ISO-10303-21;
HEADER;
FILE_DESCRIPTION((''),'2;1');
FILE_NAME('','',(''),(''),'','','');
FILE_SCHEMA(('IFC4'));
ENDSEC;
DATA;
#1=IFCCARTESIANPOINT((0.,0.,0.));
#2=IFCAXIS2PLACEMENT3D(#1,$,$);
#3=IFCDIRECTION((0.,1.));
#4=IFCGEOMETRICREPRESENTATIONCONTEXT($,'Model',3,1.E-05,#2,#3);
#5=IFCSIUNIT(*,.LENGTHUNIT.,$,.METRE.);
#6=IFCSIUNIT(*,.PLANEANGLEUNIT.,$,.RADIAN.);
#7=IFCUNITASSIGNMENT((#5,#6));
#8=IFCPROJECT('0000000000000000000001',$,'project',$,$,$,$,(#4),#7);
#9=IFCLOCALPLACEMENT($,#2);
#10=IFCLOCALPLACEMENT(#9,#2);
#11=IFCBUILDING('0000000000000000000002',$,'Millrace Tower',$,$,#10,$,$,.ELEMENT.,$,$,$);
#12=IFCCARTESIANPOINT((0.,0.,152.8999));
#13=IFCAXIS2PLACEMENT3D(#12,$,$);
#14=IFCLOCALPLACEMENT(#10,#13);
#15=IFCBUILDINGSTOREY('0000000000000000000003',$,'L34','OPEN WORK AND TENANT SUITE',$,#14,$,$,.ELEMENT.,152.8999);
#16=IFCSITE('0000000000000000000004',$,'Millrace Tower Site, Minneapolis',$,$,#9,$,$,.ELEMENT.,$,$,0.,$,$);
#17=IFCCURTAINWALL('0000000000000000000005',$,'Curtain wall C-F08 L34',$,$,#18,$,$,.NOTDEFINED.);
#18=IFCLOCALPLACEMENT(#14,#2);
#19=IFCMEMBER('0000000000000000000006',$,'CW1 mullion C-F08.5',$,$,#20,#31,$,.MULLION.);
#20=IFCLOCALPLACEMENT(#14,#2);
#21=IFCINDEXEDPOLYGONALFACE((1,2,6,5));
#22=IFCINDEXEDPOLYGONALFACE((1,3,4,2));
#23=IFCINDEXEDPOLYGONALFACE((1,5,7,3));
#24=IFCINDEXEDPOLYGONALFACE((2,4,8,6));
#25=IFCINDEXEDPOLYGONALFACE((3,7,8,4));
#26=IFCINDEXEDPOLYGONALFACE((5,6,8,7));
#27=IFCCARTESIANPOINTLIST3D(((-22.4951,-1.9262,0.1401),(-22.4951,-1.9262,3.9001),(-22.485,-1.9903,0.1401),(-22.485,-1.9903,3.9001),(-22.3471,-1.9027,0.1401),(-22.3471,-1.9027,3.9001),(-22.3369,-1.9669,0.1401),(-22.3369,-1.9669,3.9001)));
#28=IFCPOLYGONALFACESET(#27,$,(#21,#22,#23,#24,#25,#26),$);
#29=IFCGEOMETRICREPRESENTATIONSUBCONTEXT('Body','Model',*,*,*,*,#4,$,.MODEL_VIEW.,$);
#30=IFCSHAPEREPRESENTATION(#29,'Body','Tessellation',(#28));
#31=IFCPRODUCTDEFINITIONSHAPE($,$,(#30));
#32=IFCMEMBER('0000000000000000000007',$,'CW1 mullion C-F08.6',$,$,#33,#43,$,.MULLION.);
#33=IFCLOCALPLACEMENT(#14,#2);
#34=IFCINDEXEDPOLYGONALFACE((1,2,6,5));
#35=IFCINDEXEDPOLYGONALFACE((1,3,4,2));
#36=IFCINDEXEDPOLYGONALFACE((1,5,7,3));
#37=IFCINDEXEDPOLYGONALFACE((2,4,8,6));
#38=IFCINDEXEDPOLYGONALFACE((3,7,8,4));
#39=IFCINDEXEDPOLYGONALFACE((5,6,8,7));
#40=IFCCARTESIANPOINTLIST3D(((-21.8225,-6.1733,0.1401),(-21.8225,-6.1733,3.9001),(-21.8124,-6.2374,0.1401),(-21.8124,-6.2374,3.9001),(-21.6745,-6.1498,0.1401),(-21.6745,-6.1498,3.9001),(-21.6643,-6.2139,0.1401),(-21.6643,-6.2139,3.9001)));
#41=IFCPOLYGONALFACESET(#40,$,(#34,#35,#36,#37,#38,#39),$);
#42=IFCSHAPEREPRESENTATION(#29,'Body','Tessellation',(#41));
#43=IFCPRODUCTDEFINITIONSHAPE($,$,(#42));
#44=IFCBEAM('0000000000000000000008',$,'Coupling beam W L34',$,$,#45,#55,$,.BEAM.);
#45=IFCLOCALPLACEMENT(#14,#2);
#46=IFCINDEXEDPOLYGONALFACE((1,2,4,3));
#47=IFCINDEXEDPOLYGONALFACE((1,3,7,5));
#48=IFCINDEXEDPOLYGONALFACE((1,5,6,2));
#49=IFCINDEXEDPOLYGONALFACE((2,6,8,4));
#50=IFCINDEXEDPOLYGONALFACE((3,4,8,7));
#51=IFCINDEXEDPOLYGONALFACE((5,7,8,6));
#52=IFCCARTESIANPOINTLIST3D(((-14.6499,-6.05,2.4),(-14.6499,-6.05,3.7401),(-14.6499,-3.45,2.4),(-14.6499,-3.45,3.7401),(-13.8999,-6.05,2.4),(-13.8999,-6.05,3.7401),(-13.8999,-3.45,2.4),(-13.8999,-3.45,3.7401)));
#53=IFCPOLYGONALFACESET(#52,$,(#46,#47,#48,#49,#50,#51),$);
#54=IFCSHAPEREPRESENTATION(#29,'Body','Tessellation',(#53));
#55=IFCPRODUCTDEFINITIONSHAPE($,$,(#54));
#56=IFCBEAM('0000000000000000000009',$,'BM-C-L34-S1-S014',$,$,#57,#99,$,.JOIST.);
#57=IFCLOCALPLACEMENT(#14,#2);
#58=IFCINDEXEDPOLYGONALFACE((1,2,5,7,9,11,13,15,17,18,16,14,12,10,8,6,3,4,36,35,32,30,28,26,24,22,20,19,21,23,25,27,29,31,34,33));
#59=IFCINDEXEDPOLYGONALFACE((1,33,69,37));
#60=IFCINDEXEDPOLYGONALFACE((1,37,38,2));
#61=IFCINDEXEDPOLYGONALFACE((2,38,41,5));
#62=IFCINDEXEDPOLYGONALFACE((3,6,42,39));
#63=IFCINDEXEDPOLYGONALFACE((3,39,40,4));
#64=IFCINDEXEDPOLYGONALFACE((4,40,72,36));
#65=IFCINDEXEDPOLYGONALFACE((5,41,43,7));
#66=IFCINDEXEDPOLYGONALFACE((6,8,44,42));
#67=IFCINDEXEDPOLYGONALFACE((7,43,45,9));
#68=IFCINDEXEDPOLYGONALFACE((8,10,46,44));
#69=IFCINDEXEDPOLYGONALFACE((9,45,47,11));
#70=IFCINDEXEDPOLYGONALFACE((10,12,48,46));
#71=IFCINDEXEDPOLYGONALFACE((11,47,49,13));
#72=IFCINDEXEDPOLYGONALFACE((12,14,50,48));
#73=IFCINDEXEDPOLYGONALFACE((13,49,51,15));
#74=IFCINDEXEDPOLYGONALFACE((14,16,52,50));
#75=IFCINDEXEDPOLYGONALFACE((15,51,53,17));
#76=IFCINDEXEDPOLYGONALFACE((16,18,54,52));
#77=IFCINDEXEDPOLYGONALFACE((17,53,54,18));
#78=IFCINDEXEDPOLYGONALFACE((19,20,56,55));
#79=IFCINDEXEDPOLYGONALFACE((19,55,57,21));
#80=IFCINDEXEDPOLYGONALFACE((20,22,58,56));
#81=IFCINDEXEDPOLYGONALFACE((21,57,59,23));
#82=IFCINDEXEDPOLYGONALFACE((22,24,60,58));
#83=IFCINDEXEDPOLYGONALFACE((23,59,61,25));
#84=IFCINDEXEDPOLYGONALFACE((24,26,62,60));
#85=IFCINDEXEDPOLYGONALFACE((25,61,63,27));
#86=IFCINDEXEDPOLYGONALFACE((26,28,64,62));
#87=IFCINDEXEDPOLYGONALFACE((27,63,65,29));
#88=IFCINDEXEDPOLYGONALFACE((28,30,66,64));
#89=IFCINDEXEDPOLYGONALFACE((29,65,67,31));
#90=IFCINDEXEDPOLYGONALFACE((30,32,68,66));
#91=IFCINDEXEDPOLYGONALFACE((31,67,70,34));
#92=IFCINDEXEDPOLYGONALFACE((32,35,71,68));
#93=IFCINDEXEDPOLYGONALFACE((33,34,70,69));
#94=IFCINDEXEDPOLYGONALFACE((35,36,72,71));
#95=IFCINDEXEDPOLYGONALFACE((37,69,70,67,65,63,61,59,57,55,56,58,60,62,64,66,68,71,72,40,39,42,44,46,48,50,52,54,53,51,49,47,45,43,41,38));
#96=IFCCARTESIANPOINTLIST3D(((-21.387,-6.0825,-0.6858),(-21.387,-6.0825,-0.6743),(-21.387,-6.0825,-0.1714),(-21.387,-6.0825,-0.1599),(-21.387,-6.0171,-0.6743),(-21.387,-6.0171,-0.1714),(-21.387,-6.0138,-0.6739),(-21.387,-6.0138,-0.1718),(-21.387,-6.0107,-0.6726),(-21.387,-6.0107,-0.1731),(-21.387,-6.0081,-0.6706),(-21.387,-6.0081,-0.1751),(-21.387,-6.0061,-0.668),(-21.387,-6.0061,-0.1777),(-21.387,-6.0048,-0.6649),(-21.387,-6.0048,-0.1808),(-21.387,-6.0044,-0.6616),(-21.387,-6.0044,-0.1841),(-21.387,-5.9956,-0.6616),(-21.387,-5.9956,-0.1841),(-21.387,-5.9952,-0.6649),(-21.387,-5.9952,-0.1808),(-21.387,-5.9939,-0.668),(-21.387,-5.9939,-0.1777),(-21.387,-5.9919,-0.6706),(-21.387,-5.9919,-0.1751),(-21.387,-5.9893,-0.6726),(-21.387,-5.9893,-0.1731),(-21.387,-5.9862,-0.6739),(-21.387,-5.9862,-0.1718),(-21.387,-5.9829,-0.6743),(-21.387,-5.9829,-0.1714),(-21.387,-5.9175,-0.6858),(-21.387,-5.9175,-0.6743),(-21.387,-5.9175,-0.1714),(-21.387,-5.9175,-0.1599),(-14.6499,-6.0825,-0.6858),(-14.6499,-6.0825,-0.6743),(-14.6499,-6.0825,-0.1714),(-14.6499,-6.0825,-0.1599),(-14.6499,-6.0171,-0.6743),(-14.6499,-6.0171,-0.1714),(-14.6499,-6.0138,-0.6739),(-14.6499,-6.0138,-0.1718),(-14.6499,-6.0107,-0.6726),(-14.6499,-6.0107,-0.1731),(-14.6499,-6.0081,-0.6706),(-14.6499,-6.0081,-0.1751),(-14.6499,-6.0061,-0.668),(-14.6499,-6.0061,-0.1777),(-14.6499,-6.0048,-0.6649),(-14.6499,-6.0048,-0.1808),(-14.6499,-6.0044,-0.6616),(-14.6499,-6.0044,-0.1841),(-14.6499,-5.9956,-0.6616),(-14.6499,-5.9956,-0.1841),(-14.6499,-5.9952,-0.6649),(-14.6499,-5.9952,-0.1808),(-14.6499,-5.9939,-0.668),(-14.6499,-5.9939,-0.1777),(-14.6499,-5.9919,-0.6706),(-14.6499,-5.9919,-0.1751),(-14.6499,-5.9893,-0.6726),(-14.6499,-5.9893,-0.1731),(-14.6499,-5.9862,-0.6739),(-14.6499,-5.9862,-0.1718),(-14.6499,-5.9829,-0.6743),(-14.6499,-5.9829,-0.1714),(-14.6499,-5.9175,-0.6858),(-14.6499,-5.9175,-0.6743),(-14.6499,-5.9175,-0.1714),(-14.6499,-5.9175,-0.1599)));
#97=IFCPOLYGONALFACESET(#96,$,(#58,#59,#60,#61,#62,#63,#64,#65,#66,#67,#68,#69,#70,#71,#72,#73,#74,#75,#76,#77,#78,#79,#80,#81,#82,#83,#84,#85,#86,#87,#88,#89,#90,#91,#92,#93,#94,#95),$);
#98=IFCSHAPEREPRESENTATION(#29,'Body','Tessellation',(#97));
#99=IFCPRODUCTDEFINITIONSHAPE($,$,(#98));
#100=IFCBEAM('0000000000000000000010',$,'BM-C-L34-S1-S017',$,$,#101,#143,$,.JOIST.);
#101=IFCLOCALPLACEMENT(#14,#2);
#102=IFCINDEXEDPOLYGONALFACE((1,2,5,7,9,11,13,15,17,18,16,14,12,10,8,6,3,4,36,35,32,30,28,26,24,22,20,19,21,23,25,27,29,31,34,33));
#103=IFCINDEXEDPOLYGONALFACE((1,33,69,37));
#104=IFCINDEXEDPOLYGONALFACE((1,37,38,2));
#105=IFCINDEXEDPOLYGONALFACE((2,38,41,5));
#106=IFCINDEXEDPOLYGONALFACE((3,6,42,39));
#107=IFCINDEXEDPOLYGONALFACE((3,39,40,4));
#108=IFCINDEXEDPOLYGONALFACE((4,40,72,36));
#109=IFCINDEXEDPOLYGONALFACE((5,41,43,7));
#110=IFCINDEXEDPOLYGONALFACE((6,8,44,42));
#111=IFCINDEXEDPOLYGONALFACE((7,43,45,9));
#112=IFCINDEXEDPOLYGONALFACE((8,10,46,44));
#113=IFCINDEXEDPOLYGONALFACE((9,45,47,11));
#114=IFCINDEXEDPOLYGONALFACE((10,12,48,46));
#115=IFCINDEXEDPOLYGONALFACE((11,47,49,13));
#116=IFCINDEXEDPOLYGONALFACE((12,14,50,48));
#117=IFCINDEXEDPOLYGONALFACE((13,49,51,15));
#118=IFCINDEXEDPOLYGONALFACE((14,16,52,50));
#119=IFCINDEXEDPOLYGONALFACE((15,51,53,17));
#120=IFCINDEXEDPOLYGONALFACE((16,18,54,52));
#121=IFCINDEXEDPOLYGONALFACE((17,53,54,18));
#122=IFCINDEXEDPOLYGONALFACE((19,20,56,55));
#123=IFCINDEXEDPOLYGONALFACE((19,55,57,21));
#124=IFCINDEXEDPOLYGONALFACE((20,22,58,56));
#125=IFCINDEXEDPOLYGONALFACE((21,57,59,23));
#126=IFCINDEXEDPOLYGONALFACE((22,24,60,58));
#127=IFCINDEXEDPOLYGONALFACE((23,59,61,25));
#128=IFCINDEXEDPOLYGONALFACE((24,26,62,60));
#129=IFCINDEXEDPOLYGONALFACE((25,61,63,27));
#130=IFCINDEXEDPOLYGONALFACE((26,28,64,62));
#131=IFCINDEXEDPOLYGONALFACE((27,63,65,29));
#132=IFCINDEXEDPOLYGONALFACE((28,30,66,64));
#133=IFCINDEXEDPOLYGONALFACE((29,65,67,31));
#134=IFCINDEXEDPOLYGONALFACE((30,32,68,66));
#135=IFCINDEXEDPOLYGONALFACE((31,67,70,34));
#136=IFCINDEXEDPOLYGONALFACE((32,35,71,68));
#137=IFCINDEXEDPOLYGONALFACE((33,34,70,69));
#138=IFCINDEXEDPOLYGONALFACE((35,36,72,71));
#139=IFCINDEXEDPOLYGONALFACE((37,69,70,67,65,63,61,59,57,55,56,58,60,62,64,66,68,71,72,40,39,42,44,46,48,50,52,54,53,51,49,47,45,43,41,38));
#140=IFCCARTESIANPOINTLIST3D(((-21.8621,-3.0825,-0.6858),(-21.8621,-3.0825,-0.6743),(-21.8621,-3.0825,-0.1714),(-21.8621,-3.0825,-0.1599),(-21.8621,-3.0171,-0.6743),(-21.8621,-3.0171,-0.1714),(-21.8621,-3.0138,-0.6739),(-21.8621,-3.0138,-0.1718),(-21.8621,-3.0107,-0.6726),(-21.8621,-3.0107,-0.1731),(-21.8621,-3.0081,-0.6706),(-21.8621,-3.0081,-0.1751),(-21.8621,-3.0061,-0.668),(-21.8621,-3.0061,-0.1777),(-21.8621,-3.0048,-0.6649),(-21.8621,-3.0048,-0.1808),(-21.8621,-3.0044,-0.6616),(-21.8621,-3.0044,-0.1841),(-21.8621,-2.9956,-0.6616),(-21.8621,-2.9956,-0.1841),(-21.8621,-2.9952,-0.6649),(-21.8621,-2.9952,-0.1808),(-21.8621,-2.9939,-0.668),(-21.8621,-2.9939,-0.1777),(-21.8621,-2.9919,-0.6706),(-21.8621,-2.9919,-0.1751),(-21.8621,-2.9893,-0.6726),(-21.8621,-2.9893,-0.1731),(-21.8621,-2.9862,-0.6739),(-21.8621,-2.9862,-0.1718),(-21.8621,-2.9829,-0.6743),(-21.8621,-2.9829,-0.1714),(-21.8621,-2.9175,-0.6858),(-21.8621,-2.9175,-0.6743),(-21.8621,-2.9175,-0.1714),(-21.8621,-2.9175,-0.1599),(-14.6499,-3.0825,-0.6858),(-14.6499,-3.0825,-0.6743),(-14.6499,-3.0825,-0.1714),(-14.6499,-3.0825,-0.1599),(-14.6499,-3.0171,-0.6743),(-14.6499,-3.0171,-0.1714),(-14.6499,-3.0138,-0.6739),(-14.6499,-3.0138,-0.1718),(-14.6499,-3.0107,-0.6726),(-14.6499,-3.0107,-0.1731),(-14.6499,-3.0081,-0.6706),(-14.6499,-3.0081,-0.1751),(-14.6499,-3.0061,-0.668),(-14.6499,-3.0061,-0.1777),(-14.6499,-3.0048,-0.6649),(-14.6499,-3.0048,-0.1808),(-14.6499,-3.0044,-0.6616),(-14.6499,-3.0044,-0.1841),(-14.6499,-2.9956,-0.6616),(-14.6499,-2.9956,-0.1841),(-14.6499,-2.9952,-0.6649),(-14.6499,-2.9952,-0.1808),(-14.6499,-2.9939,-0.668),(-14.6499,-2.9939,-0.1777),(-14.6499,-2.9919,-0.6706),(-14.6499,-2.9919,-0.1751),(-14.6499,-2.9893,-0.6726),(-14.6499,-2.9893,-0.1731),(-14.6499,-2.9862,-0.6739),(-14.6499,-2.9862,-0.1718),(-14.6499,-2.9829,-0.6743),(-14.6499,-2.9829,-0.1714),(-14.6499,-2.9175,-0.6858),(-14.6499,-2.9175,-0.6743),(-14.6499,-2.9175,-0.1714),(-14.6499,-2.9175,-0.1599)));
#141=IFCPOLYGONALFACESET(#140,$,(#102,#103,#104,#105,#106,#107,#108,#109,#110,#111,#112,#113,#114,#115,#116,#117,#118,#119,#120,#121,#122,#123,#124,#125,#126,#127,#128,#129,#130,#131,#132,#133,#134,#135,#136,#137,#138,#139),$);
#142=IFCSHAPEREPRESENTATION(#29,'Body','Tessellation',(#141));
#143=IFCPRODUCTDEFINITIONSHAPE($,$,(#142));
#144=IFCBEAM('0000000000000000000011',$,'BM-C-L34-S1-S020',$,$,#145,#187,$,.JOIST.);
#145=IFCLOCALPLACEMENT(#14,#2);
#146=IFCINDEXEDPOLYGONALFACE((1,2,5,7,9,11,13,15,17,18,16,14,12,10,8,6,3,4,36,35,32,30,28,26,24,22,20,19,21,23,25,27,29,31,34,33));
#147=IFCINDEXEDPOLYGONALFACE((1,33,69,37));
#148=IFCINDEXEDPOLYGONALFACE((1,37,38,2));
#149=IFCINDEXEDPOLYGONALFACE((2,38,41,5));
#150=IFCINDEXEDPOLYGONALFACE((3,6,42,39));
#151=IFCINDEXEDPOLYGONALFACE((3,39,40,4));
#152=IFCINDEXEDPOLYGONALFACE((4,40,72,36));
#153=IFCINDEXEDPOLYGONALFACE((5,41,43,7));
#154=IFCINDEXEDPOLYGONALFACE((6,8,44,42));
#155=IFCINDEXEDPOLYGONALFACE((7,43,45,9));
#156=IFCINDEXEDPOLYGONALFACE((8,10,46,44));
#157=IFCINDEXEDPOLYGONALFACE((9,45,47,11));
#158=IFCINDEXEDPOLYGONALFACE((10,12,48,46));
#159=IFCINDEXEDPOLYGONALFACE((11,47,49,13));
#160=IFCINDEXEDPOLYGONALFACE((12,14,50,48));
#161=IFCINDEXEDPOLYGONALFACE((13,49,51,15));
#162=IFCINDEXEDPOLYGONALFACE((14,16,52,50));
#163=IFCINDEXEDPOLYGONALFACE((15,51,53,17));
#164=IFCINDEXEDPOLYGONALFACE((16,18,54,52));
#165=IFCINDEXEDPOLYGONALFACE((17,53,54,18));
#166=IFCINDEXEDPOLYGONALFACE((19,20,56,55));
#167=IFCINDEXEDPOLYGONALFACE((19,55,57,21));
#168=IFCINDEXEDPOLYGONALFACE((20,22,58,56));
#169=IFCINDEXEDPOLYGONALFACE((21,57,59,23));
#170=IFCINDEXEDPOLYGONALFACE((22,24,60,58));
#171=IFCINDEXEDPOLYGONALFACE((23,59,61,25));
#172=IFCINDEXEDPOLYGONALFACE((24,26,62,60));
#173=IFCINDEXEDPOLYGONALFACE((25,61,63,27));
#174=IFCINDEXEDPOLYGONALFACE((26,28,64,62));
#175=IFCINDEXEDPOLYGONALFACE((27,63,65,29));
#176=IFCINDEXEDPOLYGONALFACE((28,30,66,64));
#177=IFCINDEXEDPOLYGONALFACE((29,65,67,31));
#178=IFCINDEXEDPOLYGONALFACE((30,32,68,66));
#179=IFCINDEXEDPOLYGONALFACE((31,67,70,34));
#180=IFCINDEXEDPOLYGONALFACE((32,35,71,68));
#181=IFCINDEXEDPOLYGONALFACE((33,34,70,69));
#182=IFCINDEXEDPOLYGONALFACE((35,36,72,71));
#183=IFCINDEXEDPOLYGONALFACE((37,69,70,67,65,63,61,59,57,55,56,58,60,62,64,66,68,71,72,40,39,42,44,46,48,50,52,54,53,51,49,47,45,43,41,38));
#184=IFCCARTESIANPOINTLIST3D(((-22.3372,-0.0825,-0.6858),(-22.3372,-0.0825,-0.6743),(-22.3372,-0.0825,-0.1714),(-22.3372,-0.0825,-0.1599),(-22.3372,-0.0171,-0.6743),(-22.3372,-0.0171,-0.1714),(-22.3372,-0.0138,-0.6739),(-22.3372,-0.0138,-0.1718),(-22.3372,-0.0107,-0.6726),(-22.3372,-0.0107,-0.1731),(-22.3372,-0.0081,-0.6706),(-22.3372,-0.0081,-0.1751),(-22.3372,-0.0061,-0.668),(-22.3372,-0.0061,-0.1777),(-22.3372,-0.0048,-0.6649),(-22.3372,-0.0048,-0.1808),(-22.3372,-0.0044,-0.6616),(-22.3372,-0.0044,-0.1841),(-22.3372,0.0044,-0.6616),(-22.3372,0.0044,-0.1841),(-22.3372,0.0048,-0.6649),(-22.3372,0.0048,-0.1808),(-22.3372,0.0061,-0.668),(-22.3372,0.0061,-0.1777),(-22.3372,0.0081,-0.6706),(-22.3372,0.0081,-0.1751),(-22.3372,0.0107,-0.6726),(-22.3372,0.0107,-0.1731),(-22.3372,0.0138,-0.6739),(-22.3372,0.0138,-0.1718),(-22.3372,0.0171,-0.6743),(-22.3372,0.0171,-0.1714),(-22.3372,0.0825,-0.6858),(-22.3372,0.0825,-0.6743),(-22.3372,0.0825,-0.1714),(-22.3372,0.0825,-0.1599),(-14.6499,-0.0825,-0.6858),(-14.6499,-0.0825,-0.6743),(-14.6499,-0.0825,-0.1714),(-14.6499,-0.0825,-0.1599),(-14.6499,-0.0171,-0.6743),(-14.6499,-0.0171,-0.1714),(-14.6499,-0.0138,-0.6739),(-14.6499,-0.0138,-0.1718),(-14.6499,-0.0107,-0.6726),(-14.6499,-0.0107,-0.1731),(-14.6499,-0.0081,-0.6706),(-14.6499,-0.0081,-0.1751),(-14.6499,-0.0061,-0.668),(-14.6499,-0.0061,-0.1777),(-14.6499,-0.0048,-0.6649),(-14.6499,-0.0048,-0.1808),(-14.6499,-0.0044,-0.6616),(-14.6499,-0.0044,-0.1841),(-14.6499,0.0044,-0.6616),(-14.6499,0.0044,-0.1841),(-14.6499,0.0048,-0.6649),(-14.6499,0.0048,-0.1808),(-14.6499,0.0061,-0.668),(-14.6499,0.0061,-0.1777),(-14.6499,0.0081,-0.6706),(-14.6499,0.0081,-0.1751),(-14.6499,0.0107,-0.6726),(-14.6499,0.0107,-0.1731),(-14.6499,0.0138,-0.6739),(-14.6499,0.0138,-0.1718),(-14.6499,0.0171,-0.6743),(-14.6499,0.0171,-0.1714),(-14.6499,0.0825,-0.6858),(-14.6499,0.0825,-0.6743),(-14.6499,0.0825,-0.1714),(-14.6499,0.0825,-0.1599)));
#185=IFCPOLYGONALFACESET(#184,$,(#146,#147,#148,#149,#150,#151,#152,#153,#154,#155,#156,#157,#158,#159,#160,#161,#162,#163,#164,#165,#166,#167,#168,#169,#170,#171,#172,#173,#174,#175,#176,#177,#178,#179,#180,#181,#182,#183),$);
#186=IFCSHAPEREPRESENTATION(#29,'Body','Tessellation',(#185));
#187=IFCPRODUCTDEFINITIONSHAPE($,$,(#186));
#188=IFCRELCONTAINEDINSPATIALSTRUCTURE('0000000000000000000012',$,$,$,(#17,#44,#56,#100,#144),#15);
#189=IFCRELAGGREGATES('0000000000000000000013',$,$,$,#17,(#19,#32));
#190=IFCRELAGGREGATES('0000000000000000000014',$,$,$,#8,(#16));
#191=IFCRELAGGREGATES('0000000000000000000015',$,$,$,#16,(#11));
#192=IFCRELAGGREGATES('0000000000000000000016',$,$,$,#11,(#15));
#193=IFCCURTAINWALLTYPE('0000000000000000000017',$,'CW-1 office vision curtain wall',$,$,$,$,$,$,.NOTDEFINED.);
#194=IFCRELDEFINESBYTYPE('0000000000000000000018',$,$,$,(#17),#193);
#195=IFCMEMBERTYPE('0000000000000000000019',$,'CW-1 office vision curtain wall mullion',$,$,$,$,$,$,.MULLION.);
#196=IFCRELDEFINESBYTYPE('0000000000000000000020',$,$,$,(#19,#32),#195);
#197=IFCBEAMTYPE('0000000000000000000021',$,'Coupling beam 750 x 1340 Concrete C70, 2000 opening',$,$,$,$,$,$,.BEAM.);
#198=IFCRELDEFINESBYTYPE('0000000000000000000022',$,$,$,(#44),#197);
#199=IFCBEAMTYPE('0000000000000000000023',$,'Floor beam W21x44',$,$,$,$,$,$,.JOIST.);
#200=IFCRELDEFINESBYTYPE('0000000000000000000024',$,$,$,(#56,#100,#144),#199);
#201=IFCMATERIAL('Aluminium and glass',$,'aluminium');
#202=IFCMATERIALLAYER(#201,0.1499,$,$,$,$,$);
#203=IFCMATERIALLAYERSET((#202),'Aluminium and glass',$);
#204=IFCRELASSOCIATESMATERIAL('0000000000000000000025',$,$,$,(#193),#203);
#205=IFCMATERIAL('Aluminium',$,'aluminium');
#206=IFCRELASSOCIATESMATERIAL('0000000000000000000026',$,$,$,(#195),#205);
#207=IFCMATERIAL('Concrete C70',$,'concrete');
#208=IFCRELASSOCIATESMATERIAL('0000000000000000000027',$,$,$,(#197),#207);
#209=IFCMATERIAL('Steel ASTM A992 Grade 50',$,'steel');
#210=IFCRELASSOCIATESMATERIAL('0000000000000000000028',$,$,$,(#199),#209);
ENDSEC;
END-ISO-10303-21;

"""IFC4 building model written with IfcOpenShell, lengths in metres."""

from ifc_helpers import new_model, si_unit, direction, frame, origin, origin_2d, place, context, subcontext, project, spatial, rectangle, i_section, extrude, material, layer, layer_set, material_profile, profile_set, type_object, element, aggregate, save


model = new_model("IFC4")

# Units and contexts
model_context = context("Model", 3, precision=1e-05, world=origin(), true_north=direction((0.0, 1.0)))
body_context = subcontext(model_context, "Body", "Model", "MODEL_VIEW")
ifc_project = project(units=[si_unit("LENGTHUNIT", "METRE"), si_unit("PLANEANGLEUNIT", "RADIAN")], contexts=[model_context])

# Site, building, storey
site_placement = place(None, origin())
site = spatial("IfcSite", under=ifc_project, at=site_placement, Name="Millrace Tower Site, Minneapolis", CompositionType="ELEMENT", RefElevation=0.0)
building_placement = place(site_placement, origin())
building = spatial("IfcBuilding", under=site, at=building_placement, Name="Millrace Tower", CompositionType="ELEMENT")
storey_placement = place(building_placement, frame((0.0, 0.0, 152.8999)))
storey = spatial("IfcBuildingStorey", under=building, at=storey_placement, Name="L34", Description="OPEN WORK AND TENANT SUITE", CompositionType="ELEMENT", Elevation=152.8999)

# Curtain wall, members
ifc_material_1 = material(Name="Aluminium and glass", Category="aluminium")
ifc_layer_1 = layer(ifc_material_1, 0.1499)
ifc_layer_set_1 = layer_set([ifc_layer_1], Name="Aluminium and glass")
curtain_wall_type = type_object("IfcCurtainWallType", Name="CW-1 office vision curtain wall", PredefinedType="NOTDEFINED", material=ifc_layer_set_1)
curtain_wall_placement = place(storey_placement, origin())
curtain_wall = element("IfcCurtainWall", 1, at=curtain_wall_placement, inside=storey, type_object=curtain_wall_type, Name="Curtain wall C-F08 L34", PredefinedType="NOTDEFINED")
ifc_material_2 = material(Name="Aluminium", Category="aluminium")
ifc_material_profile_1 = material_profile(ifc_material_2, rectangle(XDim=0.0649, YDim=0.1499, at=origin_2d()))
ifc_profile_set_1 = profile_set([ifc_material_profile_1], Name="Aluminium")
member_type = type_object("IfcMemberType", Name="CW-1 office vision curtain wall mullion", PredefinedType="MULLION", material=ifc_profile_set_1)
member_1_placement = place(storey_placement, frame((-22.416, -1.9465, 0.1401), z_axis=(0.0, 0.0, 1.0), x_axis=(0.156434, -0.987688, 0.0)))
member_1 = element("IfcMember", 2, at=member_1_placement, type_object=member_type, Name="CW1 mullion C-F08.5", PredefinedType="MULLION", context=body_context, shape_type="SweptSolid", body=[
    extrude(rectangle(XDim=0.0649, YDim=0.1499, at=origin_2d()), origin(), (0.0, 0.0, 1.0), 3.76),
])
member_2_placement = place(storey_placement, frame((-21.7434, -6.1936, 0.1401), z_axis=(0.0, 0.0, 1.0), x_axis=(0.156434, -0.987688, 0.0)))
member_2 = element("IfcMember", 3, at=member_2_placement, type_object=member_type, Name="CW1 mullion C-F08.6", PredefinedType="MULLION", context=body_context, shape_type="SweptSolid", body=[
    extrude(rectangle(XDim=0.0649, YDim=0.1499, at=origin_2d()), origin(), (0.0, 0.0, 1.0), 3.76),
])
aggregate(curtain_wall, [member_1, member_2])

# Beams
ifc_material_3 = material(Name="Concrete C70", Category="concrete")
ifc_material_profile_2 = material_profile(ifc_material_3, rectangle(XDim=0.75, YDim=1.3401, at=origin_2d()))
ifc_profile_set_2 = profile_set([ifc_material_profile_2], Name="Concrete C70")
beam_type_1 = type_object("IfcBeamType", Name="Coupling beam 750 x 1340 Concrete C70, 2000 opening", PredefinedType="BEAM", material=ifc_profile_set_2)
beam_1_placement = place(storey_placement, frame((-14.2749, -6.05, 3.0701), z_axis=(0.0, 1.0, 0.0), x_axis=(-1.0, 0.0, 0.0)))
element("IfcBeam", 4, at=beam_1_placement, inside=storey, type_object=beam_type_1, Name="Coupling beam W L34", PredefinedType="BEAM", context=body_context, shape_type="SweptSolid", body=[
    extrude(rectangle(XDim=0.75, YDim=1.3401, at=origin_2d()), origin(), (0.0, 0.0, 1.0), 2.6001),
])
ifc_material_4 = material(Name="Steel ASTM A992 Grade 50", Category="steel")
ifc_material_profile_3 = material_profile(ifc_material_4, i_section(OverallWidth=0.165, OverallDepth=0.5259, WebThickness=0.0088, FlangeThickness=0.0115, FilletRadius=0.0127, at=origin_2d()))
ifc_profile_set_3 = profile_set([ifc_material_profile_3], Name="Steel ASTM A992 Grade 50")
beam_type_2 = type_object("IfcBeamType", Name="Floor beam W21x44", PredefinedType="JOIST", material=ifc_profile_set_3)
beam_2_placement = place(storey_placement, frame((-21.387, -6.0, -0.4229), z_axis=(1.0, 0.0, 0.0), x_axis=(0.0, 1.0, 0.0)))
element("IfcBeam", 5, at=beam_2_placement, inside=storey, type_object=beam_type_2, Name="BM-C-L34-S1-S014", PredefinedType="JOIST", context=body_context, shape_type="SweptSolid", body=[
    extrude(i_section(OverallWidth=0.165, OverallDepth=0.5259, WebThickness=0.0088, FlangeThickness=0.0115, FilletRadius=0.0127, at=origin_2d()), origin(), (0.0, 0.0, 1.0), 6.7371),
])
beam_3_placement = place(storey_placement, frame((-21.8621, -3.0, -0.4229), z_axis=(1.0, 0.0, 0.0), x_axis=(0.0, 1.0, 0.0)))
element("IfcBeam", 6, at=beam_3_placement, inside=storey, type_object=beam_type_2, Name="BM-C-L34-S1-S017", PredefinedType="JOIST", context=body_context, shape_type="SweptSolid", body=[
    extrude(i_section(OverallWidth=0.165, OverallDepth=0.5259, WebThickness=0.0088, FlangeThickness=0.0115, FilletRadius=0.0127, at=origin_2d()), origin(), (0.0, 0.0, 1.0), 7.2122),
])
beam_4_placement = place(storey_placement, frame((-22.3372, 0.0, -0.4229), z_axis=(1.0, 0.0, 0.0), x_axis=(0.0, 1.0, 0.0)))
element("IfcBeam", 7, at=beam_4_placement, inside=storey, type_object=beam_type_2, Name="BM-C-L34-S1-S020", PredefinedType="JOIST", context=body_context, shape_type="SweptSolid", body=[
    extrude(i_section(OverallWidth=0.165, OverallDepth=0.5259, WebThickness=0.0088, FlangeThickness=0.0115, FilletRadius=0.0127, at=origin_2d()), origin(), (0.0, 0.0, 1.0), 7.6873),
])

save(model, "model.ifc")
